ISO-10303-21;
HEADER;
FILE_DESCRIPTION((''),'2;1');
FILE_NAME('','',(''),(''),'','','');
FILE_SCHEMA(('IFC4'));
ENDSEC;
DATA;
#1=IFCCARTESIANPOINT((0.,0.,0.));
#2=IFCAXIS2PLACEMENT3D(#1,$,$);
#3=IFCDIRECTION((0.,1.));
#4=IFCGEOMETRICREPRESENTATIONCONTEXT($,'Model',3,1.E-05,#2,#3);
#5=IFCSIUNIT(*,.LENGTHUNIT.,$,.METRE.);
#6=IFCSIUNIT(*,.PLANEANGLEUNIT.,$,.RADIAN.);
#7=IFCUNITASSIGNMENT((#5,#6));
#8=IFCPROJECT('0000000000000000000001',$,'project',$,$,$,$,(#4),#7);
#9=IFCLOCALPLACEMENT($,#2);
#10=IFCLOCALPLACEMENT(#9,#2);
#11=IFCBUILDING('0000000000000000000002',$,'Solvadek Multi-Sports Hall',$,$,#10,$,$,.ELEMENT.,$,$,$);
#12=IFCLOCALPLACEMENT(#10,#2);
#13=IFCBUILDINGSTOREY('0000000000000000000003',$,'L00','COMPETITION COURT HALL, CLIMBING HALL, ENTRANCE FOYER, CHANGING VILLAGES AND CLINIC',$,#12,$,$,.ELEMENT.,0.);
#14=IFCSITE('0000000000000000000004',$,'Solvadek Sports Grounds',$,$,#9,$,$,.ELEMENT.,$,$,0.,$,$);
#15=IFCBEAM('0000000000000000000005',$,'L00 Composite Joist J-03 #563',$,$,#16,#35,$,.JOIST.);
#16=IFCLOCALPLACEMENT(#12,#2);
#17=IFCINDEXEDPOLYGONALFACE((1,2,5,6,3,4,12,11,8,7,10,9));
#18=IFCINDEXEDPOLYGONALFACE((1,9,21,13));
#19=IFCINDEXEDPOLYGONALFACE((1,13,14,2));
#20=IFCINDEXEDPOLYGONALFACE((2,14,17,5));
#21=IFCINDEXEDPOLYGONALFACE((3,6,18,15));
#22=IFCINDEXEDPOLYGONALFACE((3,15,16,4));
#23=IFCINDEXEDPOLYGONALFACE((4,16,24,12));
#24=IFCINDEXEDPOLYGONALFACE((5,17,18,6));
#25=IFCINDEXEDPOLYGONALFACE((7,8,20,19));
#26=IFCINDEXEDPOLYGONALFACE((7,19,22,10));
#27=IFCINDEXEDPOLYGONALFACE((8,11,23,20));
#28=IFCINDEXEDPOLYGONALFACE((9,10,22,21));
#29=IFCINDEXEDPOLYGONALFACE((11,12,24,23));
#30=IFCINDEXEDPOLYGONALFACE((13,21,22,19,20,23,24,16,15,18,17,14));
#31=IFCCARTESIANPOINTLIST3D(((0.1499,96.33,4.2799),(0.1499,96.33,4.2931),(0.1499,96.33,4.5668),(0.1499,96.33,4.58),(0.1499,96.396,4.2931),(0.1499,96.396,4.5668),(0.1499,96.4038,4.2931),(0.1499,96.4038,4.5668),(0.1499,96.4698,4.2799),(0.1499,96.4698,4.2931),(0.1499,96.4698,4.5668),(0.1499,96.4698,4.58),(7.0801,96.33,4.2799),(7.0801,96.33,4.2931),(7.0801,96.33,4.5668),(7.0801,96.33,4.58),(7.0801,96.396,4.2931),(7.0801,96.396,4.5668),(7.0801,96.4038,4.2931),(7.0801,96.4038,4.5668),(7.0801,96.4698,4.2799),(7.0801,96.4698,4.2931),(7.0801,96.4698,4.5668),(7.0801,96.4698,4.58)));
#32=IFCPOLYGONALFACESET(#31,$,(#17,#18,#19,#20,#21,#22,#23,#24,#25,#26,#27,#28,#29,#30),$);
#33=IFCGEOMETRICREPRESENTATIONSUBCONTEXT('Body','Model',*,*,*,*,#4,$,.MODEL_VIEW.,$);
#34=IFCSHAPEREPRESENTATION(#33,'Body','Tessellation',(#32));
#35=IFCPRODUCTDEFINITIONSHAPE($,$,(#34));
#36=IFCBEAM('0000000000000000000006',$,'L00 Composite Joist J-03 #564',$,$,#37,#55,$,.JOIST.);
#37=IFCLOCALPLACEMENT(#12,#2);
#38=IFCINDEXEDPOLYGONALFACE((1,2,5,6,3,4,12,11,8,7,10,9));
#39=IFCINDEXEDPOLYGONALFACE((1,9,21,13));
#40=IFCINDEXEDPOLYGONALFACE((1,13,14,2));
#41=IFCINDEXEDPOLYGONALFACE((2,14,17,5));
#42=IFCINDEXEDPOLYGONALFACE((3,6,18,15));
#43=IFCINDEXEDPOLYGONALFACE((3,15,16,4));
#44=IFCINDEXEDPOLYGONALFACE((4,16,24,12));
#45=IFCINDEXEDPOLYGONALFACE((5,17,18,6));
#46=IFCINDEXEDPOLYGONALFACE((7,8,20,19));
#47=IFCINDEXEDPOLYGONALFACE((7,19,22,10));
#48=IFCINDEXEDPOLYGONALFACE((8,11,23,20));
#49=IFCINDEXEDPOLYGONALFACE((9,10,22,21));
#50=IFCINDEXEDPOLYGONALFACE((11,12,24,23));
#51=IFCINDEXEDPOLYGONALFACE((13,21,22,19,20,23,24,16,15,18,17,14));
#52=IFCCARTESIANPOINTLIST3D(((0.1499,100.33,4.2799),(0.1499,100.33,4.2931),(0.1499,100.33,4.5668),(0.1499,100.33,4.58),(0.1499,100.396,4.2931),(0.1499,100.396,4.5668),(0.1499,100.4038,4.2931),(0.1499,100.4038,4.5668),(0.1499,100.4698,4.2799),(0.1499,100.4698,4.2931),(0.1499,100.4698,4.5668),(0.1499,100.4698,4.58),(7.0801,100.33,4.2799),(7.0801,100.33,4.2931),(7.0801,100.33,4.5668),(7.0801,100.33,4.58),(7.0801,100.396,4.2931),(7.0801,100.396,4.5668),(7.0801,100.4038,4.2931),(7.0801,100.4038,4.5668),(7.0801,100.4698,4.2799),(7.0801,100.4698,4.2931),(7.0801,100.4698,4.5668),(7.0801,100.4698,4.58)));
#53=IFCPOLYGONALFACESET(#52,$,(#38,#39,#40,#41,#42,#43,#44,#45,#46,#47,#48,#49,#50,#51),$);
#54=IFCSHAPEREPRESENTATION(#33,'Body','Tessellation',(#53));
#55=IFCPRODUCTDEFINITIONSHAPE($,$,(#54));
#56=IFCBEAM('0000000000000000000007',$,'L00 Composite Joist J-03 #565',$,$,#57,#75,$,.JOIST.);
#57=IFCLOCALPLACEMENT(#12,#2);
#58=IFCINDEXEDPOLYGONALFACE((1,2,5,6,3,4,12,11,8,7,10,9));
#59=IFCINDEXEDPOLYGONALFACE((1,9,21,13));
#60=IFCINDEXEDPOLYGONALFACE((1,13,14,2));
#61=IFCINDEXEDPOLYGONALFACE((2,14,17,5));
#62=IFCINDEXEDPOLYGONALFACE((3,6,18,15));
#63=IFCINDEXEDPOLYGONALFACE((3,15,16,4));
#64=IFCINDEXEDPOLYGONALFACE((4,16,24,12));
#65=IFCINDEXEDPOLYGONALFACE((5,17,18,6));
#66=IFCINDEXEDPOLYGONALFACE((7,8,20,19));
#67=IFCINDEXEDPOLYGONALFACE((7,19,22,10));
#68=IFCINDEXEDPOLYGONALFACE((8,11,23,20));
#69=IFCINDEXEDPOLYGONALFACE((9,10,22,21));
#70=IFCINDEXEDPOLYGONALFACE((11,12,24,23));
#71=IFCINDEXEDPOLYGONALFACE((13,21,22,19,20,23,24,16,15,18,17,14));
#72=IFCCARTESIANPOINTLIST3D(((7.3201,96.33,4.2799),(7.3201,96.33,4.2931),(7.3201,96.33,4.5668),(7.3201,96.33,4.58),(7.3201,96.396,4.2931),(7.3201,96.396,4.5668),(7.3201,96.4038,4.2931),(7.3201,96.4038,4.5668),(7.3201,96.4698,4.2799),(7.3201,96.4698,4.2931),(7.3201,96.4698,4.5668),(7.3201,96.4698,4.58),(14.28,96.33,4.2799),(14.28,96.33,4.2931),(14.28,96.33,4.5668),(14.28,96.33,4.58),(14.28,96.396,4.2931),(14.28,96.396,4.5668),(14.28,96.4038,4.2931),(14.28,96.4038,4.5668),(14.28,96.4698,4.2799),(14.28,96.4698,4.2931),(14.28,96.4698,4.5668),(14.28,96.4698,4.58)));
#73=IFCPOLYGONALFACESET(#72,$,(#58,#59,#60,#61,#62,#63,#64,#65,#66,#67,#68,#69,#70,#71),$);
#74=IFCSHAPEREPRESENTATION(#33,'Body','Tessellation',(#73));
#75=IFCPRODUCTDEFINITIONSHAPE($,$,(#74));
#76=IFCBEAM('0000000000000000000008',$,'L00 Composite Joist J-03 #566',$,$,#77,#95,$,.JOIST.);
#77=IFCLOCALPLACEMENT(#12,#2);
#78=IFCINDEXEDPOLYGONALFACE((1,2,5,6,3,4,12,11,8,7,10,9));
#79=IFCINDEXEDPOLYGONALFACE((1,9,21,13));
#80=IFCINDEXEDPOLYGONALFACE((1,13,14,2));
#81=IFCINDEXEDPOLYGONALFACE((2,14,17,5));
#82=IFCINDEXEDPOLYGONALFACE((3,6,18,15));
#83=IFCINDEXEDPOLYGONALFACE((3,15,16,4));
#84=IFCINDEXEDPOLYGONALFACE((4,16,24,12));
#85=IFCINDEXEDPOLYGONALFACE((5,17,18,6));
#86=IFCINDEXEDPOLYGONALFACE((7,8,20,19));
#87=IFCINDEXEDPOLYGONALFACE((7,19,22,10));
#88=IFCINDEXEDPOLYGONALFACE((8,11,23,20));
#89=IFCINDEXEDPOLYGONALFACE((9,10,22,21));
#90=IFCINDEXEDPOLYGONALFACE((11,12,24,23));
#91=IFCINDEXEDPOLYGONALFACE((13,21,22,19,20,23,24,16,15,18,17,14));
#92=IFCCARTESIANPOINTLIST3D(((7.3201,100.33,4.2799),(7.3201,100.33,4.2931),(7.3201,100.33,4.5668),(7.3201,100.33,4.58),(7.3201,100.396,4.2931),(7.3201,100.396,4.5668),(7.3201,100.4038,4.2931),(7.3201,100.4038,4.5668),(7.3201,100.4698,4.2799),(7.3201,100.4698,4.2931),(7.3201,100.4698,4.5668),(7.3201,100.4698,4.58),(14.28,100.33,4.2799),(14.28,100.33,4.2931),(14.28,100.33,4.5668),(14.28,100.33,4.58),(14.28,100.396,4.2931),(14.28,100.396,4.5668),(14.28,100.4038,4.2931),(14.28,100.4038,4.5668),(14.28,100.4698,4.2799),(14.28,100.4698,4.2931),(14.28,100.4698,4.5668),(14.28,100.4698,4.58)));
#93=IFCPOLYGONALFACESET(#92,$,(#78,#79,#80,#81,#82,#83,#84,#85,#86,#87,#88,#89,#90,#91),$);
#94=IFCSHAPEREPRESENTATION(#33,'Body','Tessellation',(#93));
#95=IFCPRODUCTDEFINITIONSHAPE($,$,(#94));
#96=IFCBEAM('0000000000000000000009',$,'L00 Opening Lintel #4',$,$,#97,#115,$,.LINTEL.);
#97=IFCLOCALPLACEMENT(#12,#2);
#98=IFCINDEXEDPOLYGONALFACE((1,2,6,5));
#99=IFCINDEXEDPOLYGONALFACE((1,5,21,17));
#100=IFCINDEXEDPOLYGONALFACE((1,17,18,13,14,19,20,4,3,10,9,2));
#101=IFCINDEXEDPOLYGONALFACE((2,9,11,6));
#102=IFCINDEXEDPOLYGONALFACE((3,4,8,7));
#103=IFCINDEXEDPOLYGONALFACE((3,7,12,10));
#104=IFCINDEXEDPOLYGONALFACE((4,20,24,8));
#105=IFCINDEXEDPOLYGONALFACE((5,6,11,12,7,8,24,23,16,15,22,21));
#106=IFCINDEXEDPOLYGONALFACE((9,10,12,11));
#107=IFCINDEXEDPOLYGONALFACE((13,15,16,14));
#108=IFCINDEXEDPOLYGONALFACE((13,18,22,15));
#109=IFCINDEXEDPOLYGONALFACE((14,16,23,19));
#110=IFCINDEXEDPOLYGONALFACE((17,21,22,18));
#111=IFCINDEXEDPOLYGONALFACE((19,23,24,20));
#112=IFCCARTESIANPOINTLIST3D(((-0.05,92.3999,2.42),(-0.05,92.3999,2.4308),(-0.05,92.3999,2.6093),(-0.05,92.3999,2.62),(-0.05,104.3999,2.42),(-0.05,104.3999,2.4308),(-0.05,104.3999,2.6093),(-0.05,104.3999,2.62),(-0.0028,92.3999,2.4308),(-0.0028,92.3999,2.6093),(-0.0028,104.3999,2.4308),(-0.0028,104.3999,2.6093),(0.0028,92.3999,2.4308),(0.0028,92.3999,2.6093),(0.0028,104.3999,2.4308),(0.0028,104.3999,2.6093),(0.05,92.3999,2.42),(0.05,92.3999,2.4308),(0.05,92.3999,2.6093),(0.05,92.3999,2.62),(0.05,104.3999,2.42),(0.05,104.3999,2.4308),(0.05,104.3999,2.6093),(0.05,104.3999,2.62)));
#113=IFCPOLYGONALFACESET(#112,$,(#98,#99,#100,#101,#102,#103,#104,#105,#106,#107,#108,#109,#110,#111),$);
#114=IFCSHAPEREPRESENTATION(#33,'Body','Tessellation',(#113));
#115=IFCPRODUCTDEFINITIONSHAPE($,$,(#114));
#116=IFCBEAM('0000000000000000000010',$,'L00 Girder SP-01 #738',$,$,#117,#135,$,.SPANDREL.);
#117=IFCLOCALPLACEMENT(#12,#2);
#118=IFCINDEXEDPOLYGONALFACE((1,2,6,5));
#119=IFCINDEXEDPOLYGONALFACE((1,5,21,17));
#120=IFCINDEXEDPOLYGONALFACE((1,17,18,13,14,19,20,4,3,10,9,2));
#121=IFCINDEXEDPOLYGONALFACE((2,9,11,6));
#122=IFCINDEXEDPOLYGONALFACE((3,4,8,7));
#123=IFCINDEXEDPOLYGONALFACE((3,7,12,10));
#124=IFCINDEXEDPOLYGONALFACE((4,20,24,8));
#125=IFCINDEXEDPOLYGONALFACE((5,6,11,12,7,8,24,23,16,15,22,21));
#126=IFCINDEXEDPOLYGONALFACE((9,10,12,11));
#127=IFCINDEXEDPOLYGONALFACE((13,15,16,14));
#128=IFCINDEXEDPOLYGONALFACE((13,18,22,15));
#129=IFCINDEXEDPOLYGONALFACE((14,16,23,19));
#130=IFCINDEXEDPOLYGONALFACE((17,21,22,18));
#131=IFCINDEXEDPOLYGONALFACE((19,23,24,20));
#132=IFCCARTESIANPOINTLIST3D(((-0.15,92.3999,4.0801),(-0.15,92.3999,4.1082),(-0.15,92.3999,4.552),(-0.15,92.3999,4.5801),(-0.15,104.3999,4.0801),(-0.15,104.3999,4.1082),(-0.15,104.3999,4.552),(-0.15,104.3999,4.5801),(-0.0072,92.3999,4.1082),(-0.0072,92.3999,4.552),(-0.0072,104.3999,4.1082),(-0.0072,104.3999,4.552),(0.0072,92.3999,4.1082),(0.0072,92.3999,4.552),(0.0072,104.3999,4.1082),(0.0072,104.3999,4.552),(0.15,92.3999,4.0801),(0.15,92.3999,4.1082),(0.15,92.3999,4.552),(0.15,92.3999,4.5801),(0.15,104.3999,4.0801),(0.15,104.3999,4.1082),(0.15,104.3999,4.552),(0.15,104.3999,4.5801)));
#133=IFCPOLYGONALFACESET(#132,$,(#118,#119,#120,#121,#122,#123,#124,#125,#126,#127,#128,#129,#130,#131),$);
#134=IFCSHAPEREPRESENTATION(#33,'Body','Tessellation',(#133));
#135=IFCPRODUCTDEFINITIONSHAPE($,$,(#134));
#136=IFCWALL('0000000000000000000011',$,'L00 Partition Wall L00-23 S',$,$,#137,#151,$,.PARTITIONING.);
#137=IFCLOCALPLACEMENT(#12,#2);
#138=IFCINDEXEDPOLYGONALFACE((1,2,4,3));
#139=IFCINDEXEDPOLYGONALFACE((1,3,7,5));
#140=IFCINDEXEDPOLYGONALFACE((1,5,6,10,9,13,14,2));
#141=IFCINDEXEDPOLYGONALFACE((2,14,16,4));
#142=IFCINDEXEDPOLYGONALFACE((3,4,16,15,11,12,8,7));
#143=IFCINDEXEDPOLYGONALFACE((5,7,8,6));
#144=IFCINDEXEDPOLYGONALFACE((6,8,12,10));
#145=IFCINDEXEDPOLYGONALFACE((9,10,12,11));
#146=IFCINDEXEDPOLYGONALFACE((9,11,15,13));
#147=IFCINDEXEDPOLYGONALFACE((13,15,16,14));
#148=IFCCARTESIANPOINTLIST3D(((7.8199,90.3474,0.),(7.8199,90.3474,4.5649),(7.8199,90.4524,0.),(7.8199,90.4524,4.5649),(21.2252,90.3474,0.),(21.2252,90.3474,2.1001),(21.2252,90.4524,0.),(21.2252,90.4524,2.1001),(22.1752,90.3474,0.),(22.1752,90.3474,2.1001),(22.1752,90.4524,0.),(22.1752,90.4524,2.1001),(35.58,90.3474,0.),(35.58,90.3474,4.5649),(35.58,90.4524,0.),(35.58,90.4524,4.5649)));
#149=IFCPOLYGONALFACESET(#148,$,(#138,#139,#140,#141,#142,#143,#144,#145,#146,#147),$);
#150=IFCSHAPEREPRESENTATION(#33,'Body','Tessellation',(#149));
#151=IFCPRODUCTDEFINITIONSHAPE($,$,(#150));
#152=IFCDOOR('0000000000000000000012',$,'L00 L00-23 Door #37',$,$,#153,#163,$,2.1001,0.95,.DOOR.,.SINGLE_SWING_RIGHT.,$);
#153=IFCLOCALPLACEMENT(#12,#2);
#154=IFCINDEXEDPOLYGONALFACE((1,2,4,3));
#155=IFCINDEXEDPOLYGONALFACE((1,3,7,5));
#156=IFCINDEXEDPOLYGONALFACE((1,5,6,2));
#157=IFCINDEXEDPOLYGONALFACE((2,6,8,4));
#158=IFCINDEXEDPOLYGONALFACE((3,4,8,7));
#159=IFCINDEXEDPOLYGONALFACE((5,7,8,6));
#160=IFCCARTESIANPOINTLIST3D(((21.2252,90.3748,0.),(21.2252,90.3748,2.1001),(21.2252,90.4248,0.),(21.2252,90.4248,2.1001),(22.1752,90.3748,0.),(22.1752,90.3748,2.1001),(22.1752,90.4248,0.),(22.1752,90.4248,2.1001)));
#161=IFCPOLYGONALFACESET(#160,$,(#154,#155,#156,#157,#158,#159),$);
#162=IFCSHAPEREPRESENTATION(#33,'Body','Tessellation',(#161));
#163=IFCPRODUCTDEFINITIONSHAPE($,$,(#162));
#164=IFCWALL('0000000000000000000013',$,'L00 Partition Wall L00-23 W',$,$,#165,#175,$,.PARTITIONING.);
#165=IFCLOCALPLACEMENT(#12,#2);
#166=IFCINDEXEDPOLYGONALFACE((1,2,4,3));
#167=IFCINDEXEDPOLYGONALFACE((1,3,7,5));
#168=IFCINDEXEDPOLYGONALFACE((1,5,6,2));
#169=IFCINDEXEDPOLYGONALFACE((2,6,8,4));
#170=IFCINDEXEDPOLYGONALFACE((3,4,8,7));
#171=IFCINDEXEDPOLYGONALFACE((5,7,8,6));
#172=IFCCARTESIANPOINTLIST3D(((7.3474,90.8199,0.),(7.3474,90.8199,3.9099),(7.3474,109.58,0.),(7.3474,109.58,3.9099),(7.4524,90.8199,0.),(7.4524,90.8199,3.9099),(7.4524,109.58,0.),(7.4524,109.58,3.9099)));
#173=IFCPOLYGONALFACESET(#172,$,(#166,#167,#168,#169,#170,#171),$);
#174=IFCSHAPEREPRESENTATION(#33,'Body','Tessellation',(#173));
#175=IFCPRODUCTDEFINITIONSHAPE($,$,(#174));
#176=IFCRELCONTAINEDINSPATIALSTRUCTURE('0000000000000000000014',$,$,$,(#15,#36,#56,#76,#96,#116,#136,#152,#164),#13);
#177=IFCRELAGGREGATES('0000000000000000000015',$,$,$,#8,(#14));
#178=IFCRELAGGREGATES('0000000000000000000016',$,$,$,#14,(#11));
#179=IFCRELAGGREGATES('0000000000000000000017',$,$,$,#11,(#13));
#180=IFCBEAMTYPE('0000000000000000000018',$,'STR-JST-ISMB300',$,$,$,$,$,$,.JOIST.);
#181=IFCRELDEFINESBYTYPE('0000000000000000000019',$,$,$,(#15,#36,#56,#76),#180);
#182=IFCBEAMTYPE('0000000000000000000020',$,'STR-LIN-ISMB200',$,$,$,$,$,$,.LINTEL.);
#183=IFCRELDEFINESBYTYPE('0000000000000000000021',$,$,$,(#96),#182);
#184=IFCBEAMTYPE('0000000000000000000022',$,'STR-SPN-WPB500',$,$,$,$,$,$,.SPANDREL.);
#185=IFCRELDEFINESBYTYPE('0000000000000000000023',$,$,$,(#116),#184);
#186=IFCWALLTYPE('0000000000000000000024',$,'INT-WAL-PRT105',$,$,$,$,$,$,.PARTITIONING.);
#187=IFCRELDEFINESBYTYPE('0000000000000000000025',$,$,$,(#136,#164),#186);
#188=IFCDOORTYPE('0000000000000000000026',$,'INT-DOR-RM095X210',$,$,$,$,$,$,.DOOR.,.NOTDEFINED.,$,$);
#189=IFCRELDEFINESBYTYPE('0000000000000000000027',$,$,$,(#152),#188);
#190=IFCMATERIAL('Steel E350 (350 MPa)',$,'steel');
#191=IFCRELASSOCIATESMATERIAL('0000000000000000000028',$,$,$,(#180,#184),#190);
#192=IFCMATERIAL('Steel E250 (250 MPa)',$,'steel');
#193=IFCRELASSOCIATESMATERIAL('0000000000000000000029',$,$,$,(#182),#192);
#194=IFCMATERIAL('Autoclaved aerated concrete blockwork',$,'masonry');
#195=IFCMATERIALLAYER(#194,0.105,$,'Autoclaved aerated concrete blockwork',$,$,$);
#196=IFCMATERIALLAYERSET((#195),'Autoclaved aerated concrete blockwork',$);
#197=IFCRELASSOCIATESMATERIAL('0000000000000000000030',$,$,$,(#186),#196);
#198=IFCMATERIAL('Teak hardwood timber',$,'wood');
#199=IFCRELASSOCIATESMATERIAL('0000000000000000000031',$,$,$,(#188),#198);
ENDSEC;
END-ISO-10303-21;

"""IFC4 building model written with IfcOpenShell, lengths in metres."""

from ifc_helpers import new_model, si_unit, direction, frame, frame_2d, origin, origin_2d, place, context, subcontext, project, spatial, rectangle, i_section, extrude, material, layer, layer_set, material_profile, profile_set, type_object, element, fill, save


model = new_model("IFC4")

# Units and contexts
model_context = context("Model", 3, precision=1e-05, world=origin(), true_north=direction((0.0, 1.0)))
body_context = subcontext(model_context, "Body", "Model", "MODEL_VIEW")
ifc_project = project(units=[si_unit("LENGTHUNIT", "METRE"), si_unit("PLANEANGLEUNIT", "RADIAN")], contexts=[model_context])

# Site, building, storey
site_placement = place(None, origin())
site = spatial("IfcSite", under=ifc_project, at=site_placement, Name="Solvadek Sports Grounds", CompositionType="ELEMENT", RefElevation=0.0)
building_placement = place(site_placement, origin())
building = spatial("IfcBuilding", under=site, at=building_placement, Name="Solvadek Multi-Sports Hall", CompositionType="ELEMENT")
storey_placement = place(building_placement, origin())
storey = spatial("IfcBuildingStorey", under=building, at=storey_placement, Name="L00", Description="COMPETITION COURT HALL, CLIMBING HALL, ENTRANCE FOYER, CHANGING VILLAGES AND CLINIC", CompositionType="ELEMENT", Elevation=0.0)

# Shared definitions
ifc_material_1 = material(Name="Steel E350 (350 MPa)", Category="steel")

# Beams
ifc_material_profile_1 = material_profile(ifc_material_1, i_section(OverallWidth=0.1399, OverallDepth=0.3, WebThickness=0.0078, FlangeThickness=0.0132, at=origin_2d()), Name="ISMB 300")
ifc_profile_set_1 = profile_set([ifc_material_profile_1], Name="Steel E350 (350 MPa)")
beam_type_1 = type_object("IfcBeamType", Name="STR-JST-ISMB300", PredefinedType="JOIST", material=ifc_profile_set_1)
for number, where, z_axis, x_axis, name in (
    (1, (0.1499, 96.3999, 4.4299), (1.0, 0.0, 0.0), (0.0, 1.0, 0.0), "L00 Composite Joist J-03 #563"),
    (2, (0.1499, 100.3999, 4.4299), (1.0, 0.0, 0.0), (0.0, 1.0, 0.0), "L00 Composite Joist J-03 #564"),
):
    element("IfcBeam", number, at=place(storey_placement, frame(where, z_axis=z_axis, x_axis=x_axis)), inside=storey, type_object=beam_type_1, Name=name, PredefinedType="JOIST", context=body_context, shape_type="SweptSolid", body=[
        extrude(i_section(OverallWidth=0.1399, OverallDepth=0.3, WebThickness=0.0078, FlangeThickness=0.0132, at=origin_2d()), origin(), (0.0, 0.0, 1.0), 6.9302),
    ])
for number, where, z_axis, x_axis, name in (
    (3, (7.3201, 96.3999, 4.4299), (1.0, 0.0, 0.0), (0.0, 1.0, 0.0), "L00 Composite Joist J-03 #565"),
    (4, (7.3201, 100.3999, 4.4299), (1.0, 0.0, 0.0), (0.0, 1.0, 0.0), "L00 Composite Joist J-03 #566"),
):
    element("IfcBeam", number, at=place(storey_placement, frame(where, z_axis=z_axis, x_axis=x_axis)), inside=storey, type_object=beam_type_1, Name=name, PredefinedType="JOIST", context=body_context, shape_type="SweptSolid", body=[
        extrude(i_section(OverallWidth=0.1399, OverallDepth=0.3, WebThickness=0.0078, FlangeThickness=0.0132, at=origin_2d()), origin(), (0.0, 0.0, 1.0), 6.96),
    ])
ifc_material_2 = material(Name="Steel E250 (250 MPa)", Category="steel")
ifc_material_profile_2 = material_profile(ifc_material_2, i_section(OverallWidth=0.1001, OverallDepth=0.2, WebThickness=0.0056, FlangeThickness=0.0107, at=origin_2d()), Name="ISMB 200")
ifc_profile_set_2 = profile_set([ifc_material_profile_2], Name="Steel E250 (250 MPa)")
beam_type_2 = type_object("IfcBeamType", Name="STR-LIN-ISMB200", PredefinedType="LINTEL", material=ifc_profile_set_2)
beam_1_placement = place(storey_placement, frame((0.0, 92.3999, 2.52), z_axis=(0.0, 1.0, 0.0), x_axis=(-1.0, 0.0, 0.0)))
element("IfcBeam", 5, at=beam_1_placement, inside=storey, type_object=beam_type_2, Name="L00 Opening Lintel #4", PredefinedType="LINTEL", context=body_context, shape_type="SweptSolid", body=[
    extrude(i_section(OverallWidth=0.1001, OverallDepth=0.2, WebThickness=0.0056, FlangeThickness=0.0107, at=origin_2d()), origin(), (0.0, 0.0, 1.0), 12.0),
])
ifc_material_profile_3 = material_profile(ifc_material_1, i_section(OverallWidth=0.3, OverallDepth=0.5, WebThickness=0.0144, FlangeThickness=0.0281, at=origin_2d()), Name="WPB 500")
ifc_profile_set_3 = profile_set([ifc_material_profile_3], Name="Steel E350 (350 MPa)")
beam_type_3 = type_object("IfcBeamType", Name="STR-SPN-WPB500", PredefinedType="SPANDREL", material=ifc_profile_set_3)
beam_2_placement = place(storey_placement, frame((0.0, 92.3999, 4.3301), z_axis=(0.0, 1.0, 0.0), x_axis=(-1.0, 0.0, 0.0)))
element("IfcBeam", 6, at=beam_2_placement, inside=storey, type_object=beam_type_3, Name="L00 Girder SP-01 #738", PredefinedType="SPANDREL", context=body_context, shape_type="SweptSolid", body=[
    extrude(i_section(OverallWidth=0.3, OverallDepth=0.5, WebThickness=0.0144, FlangeThickness=0.0281, at=origin_2d()), origin(), (0.0, 0.0, 1.0), 12.0),
])

# Wall, opening, door
ifc_material_3 = material(Name="Autoclaved aerated concrete blockwork", Category="masonry")
ifc_layer_1 = layer(ifc_material_3, 0.105, Name="Autoclaved aerated concrete blockwork")
ifc_layer_set_1 = layer_set([ifc_layer_1], Name="Autoclaved aerated concrete blockwork")
wall_type_1 = type_object("IfcWallType", Name="INT-WAL-PRT105", PredefinedType="PARTITIONING", material=ifc_layer_set_1)
wall_1_placement = place(storey_placement, frame((7.8201, 90.3999, 0.0), z_axis=(0.0, 0.0, 1.0), x_axis=(1.0, 0.0, 0.0)))
wall_1 = element("IfcWall", 7, at=wall_1_placement, inside=storey, type_object=wall_type_1, Name="L00 Partition Wall L00-23 S", PredefinedType="PARTITIONING", context=body_context, shape_type="SweptSolid", body=[
    extrude(rectangle(XDim=27.76, YDim=0.105, at=frame_2d((13.8799, 0.0))), origin(), (0.0, 0.0, 1.0), 4.5649),
])
opening_1_placement = place(wall_1_placement, frame((13.405, 0.0, 0.0)))
opening_1 = element("IfcOpeningElement", 8, at=opening_1_placement, cuts=wall_1, PredefinedType="OPENING", context=body_context, shape_type="SweptSolid", body=[
    extrude(rectangle(XDim=0.95, YDim=2.1001, at=frame_2d((0.4751, 1.05))), frame((0.0, 0.0625, 0.0), z_axis=(0.0, -1.0, 0.0), x_axis=(1.0, 0.0, 0.0)), (0.0, 0.0, 1.0), 0.125),
])
ifc_material_4 = material(Name="Teak hardwood timber", Category="wood")
door_type_1 = type_object("IfcDoorType", Name="INT-DOR-RM095X210", OperationType="NOTDEFINED", PredefinedType="DOOR", material=ifc_material_4)
door_1_placement = place(opening_1_placement, origin())
door_1 = element("IfcDoor", 9, at=door_1_placement, inside=storey, type_object=door_type_1, Name="L00 L00-23 Door #37", OperationType="SINGLE_SWING_RIGHT", OverallHeight=2.1001, OverallWidth=0.95, PredefinedType="DOOR", context=body_context, shape_type="SweptSolid", body=[
    extrude(rectangle(XDim=0.95, YDim=2.1001, at=frame_2d((0.4751, 1.05))), frame((0.0, 0.0249, 0.0), z_axis=(0.0, -1.0, 0.0), x_axis=(1.0, 0.0, 0.0)), (0.0, 0.0, 1.0), 0.05),
])
fill(opening_1, door_1)

# Wall
wall_2_placement = place(storey_placement, frame((7.3999, 90.8201, 0.0), z_axis=(0.0, 0.0, 1.0), x_axis=(0.0, 1.0, 0.0)))
element("IfcWall", 10, at=wall_2_placement, inside=storey, type_object=wall_type_1, Name="L00 Partition Wall L00-23 W", PredefinedType="PARTITIONING", context=body_context, shape_type="SweptSolid", body=[
    extrude(rectangle(XDim=18.76, YDim=0.105, at=frame_2d((9.3799, 0.0))), origin(), (0.0, 0.0, 1.0), 3.9099),
])

save(model, "model.ifc")
